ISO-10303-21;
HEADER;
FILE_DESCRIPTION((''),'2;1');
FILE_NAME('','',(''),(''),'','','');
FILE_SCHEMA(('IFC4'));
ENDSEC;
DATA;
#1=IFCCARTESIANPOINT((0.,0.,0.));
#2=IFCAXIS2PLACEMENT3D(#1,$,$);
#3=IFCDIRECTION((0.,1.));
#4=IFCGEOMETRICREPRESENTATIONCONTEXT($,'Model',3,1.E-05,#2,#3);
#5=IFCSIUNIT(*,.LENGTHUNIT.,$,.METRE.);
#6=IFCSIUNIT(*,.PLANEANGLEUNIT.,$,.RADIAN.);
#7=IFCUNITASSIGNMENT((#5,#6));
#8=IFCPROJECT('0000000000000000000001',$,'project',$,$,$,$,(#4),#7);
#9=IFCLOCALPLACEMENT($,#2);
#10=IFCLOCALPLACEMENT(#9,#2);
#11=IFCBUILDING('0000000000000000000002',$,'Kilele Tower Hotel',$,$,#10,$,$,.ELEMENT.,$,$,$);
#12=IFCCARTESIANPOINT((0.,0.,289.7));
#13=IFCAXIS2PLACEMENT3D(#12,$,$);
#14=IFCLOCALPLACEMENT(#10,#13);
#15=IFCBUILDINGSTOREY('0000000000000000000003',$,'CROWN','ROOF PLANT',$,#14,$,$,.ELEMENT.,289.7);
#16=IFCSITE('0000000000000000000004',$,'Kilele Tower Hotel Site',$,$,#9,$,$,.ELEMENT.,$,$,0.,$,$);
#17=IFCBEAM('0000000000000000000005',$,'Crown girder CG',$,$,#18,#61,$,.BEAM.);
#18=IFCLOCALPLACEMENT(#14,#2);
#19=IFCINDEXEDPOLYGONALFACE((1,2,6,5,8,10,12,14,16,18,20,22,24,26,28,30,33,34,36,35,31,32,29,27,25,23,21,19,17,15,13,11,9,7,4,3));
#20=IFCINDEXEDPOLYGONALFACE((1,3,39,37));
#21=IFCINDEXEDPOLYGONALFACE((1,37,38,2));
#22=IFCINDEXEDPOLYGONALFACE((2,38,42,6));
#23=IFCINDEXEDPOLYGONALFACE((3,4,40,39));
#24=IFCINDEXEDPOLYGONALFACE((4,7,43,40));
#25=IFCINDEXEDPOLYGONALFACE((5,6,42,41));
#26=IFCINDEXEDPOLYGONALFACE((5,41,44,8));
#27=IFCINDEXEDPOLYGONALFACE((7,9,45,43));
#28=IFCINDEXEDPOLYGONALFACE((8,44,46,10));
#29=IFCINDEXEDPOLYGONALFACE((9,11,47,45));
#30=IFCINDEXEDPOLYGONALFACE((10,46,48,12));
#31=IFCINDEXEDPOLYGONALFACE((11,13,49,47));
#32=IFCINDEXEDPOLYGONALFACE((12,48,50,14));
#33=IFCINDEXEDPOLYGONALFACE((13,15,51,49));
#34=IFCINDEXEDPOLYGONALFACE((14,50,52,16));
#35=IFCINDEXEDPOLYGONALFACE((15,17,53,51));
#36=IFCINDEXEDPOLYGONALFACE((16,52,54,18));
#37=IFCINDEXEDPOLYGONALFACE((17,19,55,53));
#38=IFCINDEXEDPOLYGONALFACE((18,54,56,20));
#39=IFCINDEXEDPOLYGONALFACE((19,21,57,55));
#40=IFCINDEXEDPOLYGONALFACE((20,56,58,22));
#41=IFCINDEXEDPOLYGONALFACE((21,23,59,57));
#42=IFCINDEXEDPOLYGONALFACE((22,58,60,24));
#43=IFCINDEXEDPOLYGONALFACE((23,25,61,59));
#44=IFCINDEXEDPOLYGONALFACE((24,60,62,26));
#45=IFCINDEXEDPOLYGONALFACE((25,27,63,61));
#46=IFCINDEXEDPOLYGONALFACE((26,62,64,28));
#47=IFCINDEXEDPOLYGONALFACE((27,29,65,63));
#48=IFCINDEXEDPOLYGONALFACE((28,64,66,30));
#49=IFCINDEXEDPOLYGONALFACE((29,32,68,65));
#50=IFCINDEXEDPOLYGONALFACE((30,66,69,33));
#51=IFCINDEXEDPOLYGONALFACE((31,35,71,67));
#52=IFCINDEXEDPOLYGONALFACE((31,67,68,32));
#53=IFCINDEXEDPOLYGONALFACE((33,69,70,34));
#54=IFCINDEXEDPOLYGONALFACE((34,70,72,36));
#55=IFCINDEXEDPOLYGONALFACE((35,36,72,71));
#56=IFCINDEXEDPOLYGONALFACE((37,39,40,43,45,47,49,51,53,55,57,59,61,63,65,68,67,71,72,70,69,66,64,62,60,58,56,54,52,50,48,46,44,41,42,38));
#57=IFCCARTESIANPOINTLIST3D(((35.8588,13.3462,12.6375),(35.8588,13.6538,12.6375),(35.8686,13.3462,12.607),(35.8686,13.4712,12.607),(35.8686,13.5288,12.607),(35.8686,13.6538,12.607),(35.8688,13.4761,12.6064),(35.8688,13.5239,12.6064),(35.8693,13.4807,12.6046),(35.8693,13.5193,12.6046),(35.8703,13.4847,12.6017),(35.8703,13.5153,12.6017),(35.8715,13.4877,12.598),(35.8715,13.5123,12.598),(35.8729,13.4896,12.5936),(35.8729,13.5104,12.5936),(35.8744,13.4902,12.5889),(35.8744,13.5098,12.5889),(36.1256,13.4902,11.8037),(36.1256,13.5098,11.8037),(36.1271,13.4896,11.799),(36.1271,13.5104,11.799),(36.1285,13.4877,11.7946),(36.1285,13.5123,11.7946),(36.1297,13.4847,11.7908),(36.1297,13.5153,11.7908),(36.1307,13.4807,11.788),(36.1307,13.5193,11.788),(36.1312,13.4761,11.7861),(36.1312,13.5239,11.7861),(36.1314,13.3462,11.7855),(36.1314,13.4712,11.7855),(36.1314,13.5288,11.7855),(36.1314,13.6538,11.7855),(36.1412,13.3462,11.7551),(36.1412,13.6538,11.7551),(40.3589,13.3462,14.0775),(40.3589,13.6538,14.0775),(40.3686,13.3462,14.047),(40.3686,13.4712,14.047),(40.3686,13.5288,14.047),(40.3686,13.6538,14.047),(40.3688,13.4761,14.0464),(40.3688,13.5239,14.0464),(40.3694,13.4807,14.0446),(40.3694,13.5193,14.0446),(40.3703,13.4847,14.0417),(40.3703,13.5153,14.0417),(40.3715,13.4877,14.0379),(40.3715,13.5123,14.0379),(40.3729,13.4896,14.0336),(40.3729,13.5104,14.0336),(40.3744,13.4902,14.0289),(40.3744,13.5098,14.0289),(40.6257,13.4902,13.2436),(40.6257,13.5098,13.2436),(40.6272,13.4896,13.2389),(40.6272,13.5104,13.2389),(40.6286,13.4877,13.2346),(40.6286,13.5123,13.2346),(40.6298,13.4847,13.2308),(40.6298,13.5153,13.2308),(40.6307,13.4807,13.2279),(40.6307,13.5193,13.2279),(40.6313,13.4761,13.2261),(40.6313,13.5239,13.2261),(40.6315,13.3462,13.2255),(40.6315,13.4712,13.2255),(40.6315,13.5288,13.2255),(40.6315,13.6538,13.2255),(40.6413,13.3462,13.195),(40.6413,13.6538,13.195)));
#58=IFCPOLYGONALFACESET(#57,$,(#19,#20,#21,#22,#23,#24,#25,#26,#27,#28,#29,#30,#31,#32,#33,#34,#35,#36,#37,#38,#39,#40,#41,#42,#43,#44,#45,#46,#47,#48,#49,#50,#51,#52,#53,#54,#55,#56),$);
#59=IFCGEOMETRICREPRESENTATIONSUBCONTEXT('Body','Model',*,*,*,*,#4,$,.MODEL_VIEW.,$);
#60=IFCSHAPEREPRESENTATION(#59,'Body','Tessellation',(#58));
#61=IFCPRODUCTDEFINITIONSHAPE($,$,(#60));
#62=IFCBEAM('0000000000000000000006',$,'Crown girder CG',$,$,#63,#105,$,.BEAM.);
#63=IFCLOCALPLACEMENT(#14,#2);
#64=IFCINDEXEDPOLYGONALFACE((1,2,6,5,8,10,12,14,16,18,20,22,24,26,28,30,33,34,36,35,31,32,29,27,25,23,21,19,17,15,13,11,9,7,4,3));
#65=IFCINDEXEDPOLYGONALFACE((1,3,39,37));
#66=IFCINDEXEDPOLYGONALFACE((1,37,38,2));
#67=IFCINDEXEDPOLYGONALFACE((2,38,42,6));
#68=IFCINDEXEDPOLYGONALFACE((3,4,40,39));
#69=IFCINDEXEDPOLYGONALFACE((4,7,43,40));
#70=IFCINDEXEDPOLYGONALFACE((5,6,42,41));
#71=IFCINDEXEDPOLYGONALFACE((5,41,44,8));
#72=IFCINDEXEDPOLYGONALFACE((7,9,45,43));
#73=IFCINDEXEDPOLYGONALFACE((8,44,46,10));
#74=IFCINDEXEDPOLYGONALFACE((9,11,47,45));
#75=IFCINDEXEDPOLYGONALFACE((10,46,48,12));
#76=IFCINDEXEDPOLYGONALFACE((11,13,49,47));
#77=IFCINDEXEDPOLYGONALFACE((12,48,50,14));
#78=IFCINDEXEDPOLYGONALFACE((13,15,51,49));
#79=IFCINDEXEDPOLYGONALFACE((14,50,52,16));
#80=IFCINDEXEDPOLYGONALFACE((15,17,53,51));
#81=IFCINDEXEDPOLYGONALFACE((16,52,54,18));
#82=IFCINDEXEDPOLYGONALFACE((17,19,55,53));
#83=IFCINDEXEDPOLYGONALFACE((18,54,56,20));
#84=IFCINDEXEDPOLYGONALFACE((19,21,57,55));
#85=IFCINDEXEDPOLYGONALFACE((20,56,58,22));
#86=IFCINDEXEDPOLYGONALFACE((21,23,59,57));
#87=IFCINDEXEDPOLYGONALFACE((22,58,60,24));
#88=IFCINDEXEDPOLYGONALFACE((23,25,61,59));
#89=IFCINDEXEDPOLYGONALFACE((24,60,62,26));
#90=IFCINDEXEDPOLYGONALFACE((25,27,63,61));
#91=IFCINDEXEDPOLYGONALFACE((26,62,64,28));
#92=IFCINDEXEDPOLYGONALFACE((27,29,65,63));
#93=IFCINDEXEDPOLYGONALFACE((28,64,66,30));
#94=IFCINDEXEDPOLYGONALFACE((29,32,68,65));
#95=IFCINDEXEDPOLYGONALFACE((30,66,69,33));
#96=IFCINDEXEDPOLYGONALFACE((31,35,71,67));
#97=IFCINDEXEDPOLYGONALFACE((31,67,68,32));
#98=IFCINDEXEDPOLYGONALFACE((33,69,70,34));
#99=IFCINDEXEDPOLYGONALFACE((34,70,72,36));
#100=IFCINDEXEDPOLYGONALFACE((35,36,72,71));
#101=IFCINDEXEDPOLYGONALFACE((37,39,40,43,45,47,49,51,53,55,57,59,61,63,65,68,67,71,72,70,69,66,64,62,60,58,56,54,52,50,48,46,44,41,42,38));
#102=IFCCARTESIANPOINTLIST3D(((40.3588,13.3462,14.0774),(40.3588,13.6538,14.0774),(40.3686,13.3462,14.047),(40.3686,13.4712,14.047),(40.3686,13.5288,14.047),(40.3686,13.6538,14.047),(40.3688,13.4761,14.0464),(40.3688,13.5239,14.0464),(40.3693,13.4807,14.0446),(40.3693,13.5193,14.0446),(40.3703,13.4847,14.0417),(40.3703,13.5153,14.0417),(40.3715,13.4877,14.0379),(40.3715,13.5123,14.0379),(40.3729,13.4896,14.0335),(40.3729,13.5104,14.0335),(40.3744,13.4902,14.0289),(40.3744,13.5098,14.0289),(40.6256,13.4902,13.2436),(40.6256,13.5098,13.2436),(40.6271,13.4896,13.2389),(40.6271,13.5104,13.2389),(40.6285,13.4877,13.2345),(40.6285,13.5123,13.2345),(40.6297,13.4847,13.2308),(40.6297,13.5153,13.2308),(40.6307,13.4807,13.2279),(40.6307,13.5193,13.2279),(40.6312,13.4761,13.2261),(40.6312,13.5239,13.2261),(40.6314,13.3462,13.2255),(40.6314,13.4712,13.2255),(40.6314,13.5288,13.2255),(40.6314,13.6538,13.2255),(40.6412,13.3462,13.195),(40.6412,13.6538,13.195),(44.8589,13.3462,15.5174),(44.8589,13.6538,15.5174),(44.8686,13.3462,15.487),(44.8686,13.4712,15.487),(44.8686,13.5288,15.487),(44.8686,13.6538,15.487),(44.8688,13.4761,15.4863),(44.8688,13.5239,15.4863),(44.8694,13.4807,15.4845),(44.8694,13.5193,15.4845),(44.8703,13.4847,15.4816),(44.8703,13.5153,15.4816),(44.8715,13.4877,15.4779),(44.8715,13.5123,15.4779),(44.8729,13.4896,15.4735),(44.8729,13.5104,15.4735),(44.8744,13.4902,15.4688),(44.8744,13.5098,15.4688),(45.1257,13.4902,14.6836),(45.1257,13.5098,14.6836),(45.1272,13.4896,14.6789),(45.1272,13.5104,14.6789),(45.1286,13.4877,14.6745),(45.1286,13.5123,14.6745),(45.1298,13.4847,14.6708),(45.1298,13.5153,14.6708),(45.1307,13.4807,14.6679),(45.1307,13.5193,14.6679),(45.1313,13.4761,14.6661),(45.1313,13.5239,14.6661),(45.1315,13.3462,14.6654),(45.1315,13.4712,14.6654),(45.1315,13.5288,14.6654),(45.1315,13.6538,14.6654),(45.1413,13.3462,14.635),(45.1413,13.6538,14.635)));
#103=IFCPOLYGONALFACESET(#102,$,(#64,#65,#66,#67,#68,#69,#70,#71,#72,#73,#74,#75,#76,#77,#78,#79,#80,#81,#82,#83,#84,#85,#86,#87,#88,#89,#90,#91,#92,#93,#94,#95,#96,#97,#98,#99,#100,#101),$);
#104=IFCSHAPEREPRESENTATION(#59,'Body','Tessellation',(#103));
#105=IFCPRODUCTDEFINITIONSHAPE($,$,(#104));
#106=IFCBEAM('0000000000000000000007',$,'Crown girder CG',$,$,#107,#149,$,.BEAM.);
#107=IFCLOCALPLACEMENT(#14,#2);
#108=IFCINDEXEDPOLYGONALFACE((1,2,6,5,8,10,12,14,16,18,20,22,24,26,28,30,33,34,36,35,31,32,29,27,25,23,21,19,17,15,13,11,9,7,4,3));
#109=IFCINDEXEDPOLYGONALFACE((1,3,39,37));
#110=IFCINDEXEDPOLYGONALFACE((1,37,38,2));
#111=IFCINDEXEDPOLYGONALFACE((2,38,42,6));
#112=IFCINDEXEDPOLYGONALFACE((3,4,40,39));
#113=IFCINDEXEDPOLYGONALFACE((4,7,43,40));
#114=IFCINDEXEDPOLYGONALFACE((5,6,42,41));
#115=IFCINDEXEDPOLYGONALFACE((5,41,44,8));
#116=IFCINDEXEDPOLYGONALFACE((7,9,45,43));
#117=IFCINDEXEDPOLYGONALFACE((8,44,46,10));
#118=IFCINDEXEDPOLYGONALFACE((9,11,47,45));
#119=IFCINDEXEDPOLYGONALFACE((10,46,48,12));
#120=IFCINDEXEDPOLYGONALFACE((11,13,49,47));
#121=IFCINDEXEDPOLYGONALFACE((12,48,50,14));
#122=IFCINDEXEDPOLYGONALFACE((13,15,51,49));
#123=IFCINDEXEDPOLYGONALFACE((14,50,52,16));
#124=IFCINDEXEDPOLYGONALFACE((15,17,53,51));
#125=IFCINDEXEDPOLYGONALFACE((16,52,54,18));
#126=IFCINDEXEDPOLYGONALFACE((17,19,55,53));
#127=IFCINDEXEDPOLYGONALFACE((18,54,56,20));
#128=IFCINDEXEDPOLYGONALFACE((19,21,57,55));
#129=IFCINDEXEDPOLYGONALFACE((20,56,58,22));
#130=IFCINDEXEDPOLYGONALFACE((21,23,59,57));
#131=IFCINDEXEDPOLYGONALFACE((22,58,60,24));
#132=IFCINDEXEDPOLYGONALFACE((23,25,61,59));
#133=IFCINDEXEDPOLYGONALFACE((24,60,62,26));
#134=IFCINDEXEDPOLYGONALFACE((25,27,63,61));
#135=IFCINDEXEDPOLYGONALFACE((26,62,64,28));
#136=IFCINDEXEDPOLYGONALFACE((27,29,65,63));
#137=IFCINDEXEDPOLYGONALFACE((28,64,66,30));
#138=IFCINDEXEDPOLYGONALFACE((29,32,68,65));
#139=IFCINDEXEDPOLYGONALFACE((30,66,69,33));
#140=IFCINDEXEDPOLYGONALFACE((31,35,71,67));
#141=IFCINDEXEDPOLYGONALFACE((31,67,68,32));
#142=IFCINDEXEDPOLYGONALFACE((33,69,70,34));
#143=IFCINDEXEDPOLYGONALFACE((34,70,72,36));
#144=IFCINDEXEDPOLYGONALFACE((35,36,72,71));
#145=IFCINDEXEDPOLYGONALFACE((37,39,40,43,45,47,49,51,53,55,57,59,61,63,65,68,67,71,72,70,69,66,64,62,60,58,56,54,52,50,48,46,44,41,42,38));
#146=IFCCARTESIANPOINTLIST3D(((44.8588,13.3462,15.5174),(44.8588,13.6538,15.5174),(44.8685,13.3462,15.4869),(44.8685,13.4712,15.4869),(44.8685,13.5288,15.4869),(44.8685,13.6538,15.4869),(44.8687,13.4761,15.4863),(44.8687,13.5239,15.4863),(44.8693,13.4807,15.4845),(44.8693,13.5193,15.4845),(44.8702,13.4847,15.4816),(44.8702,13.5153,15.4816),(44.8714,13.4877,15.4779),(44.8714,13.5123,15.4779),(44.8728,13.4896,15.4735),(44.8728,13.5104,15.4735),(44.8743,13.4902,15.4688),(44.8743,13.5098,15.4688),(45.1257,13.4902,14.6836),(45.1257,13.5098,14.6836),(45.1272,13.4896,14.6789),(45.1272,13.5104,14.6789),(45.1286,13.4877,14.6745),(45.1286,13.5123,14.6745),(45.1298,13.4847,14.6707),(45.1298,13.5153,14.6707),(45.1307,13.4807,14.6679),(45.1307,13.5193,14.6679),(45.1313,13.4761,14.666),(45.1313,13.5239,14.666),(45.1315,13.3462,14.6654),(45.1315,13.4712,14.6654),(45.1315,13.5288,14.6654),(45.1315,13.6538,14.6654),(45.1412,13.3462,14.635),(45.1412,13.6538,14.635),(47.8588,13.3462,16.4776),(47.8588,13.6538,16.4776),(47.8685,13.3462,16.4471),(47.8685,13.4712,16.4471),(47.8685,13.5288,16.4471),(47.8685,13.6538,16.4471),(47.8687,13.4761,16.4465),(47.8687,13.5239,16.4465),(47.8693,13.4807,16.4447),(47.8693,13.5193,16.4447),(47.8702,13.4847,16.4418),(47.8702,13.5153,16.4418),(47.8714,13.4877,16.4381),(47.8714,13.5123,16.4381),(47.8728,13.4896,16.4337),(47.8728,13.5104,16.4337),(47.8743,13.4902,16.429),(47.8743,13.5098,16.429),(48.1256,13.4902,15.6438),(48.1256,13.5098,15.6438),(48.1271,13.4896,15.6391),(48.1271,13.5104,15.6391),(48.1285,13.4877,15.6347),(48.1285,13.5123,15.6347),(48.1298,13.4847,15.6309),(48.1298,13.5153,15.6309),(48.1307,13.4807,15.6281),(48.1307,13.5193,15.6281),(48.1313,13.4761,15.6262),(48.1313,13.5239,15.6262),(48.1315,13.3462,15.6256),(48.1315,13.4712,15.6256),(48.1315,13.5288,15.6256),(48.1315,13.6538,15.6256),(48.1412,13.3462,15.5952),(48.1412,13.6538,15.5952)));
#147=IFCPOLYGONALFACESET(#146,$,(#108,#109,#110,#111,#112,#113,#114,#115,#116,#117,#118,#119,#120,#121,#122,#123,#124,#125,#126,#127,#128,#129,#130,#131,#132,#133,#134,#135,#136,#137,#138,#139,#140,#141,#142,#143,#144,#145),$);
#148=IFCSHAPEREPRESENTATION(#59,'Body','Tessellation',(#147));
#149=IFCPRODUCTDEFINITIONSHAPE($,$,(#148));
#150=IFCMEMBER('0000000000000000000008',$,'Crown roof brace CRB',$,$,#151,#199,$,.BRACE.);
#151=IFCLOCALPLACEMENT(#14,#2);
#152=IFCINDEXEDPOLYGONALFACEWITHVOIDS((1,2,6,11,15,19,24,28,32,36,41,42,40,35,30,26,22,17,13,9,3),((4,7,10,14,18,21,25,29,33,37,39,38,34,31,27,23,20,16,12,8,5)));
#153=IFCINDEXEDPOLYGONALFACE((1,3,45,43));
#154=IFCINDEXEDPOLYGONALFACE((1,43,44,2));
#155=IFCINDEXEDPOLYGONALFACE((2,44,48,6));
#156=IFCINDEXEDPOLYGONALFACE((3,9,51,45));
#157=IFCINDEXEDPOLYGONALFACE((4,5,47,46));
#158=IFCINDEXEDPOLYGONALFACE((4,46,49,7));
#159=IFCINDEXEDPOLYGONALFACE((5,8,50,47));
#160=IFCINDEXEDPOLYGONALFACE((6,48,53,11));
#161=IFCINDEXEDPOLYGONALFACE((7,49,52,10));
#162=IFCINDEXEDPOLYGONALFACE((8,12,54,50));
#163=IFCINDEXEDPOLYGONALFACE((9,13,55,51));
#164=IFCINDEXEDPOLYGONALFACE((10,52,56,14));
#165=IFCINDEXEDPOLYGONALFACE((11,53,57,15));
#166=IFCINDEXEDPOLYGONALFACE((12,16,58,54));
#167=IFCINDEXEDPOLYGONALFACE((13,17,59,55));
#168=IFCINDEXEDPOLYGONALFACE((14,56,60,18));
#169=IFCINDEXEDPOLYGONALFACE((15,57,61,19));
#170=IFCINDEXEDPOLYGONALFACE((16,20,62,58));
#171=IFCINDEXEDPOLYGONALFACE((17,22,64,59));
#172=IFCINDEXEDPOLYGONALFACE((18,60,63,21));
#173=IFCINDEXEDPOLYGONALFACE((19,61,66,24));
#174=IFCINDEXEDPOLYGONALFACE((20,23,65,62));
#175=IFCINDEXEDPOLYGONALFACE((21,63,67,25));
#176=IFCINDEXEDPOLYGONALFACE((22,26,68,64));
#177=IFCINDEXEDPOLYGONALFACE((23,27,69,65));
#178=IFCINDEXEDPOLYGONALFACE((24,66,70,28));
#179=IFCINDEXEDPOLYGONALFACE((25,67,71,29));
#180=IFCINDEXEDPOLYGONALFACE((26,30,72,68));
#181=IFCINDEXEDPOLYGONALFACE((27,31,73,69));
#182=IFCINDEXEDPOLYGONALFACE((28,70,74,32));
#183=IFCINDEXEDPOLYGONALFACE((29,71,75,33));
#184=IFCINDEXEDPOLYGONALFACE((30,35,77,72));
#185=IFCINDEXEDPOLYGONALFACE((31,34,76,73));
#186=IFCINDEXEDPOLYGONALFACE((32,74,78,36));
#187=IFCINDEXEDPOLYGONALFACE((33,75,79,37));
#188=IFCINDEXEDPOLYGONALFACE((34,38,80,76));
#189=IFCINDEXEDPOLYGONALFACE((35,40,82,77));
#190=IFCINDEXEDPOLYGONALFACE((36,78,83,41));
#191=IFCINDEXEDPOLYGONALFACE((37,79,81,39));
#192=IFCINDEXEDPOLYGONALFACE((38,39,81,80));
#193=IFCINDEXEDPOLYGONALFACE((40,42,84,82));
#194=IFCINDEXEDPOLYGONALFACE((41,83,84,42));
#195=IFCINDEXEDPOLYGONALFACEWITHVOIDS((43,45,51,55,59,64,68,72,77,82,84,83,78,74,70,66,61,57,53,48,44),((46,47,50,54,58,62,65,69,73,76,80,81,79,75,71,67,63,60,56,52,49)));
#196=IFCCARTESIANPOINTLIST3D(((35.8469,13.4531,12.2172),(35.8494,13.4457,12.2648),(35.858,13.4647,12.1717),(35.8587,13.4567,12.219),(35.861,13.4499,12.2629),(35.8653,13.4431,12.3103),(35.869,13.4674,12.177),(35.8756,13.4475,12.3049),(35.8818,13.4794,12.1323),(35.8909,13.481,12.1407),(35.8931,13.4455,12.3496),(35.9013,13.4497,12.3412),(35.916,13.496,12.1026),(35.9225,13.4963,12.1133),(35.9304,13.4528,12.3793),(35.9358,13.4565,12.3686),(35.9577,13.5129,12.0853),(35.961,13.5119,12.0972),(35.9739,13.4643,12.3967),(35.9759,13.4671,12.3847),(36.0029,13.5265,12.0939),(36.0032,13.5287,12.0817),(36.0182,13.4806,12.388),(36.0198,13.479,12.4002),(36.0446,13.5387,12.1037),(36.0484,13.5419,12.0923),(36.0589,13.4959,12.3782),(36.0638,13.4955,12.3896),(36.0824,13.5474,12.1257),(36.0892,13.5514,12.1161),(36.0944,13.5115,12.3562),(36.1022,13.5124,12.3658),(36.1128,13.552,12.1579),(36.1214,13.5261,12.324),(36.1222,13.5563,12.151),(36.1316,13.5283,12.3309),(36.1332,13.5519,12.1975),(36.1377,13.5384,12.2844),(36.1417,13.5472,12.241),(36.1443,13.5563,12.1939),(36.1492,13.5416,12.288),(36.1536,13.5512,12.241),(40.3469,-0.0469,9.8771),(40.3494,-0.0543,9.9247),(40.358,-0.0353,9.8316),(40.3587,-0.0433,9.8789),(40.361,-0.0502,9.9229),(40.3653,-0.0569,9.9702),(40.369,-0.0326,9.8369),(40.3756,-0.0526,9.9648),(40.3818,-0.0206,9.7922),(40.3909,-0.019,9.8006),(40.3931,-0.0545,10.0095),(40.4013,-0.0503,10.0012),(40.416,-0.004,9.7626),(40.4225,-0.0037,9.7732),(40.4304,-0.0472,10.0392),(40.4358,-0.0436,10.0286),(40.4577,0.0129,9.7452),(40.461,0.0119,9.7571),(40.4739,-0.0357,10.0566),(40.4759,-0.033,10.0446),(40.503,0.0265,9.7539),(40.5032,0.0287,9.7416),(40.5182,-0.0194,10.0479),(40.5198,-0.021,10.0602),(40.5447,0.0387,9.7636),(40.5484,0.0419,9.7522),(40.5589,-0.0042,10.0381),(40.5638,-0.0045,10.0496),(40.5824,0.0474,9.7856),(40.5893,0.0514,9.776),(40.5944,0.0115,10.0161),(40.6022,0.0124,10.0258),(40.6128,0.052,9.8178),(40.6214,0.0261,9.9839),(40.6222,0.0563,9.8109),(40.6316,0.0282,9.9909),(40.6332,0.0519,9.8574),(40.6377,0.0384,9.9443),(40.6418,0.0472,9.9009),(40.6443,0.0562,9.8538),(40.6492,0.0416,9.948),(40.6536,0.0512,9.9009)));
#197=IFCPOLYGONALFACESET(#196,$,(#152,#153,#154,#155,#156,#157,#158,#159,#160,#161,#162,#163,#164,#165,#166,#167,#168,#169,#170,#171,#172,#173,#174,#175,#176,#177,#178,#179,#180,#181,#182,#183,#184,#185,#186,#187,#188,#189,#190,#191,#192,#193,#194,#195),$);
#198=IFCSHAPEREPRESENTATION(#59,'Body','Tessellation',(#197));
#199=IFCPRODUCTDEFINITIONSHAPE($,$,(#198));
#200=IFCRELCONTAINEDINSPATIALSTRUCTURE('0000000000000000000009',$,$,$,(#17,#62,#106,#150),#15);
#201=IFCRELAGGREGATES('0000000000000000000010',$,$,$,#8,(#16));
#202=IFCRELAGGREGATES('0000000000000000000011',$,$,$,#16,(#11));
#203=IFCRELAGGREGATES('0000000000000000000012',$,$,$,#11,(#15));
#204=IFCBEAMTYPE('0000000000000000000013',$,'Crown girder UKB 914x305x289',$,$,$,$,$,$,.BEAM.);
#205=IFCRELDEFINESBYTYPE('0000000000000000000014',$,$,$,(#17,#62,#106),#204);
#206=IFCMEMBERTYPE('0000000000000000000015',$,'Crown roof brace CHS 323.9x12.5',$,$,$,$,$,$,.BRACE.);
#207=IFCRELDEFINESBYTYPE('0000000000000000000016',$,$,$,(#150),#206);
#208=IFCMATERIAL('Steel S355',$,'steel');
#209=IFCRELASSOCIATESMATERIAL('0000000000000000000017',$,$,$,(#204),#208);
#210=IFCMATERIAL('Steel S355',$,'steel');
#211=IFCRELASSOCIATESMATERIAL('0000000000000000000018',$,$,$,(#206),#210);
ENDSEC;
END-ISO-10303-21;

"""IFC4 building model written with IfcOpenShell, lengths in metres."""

from ifc_helpers import new_model, si_unit, direction, frame, origin, origin_2d, place, context, subcontext, project, spatial, hollow_circle, i_section, extrude, material, material_profile, profile_set, type_object, element, save


model = new_model("IFC4")

# Units and contexts
model_context = context("Model", 3, precision=1e-05, world=origin(), true_north=direction((0.0, 1.0)))
body_context = subcontext(model_context, "Body", "Model", "MODEL_VIEW")
ifc_project = project(units=[si_unit("LENGTHUNIT", "METRE"), si_unit("PLANEANGLEUNIT", "RADIAN")], contexts=[model_context])

# Site, building, storey
site_placement = place(None, origin())
site = spatial("IfcSite", under=ifc_project, at=site_placement, Name="Kilele Tower Hotel Site", CompositionType="ELEMENT", RefElevation=0.0)
building_placement = place(site_placement, origin())
building = spatial("IfcBuilding", under=site, at=building_placement, Name="Kilele Tower Hotel", CompositionType="ELEMENT")
storey_placement = place(building_placement, frame((0.0, 0.0, 289.7)))
storey = spatial("IfcBuildingStorey", under=building, at=storey_placement, Name="CROWN", Description="ROOF PLANT", CompositionType="ELEMENT", Elevation=289.7)

# Beams
ifc_material_1 = material(Name="Steel S355", Category="steel")
ifc_material_profile_1 = material_profile(ifc_material_1, i_section(OverallWidth=0.3076, OverallDepth=0.9265, WebThickness=0.0195, FlangeThickness=0.032, FilletRadius=0.019, at=origin_2d()))
ifc_profile_set_1 = profile_set([ifc_material_profile_1], Name="Steel S355")
beam_type_1 = type_object("IfcBeamType", Name="Crown girder UKB 914x305x289", PredefinedType="BEAM", material=ifc_profile_set_1)
for number, where, z_axis, x_axis, name in (
    (1, (36.0, 13.5, 12.1963), (0.952428, 0.0, 0.304764), (0.0, 1.0, 0.0), "Crown girder CG"),
    (2, (40.5, 13.5, 13.6362), (0.952428, 0.0, 0.304764), (0.0, 1.0, 0.0), "Crown girder CG"),
):
    element("IfcBeam", number, at=place(storey_placement, frame(where, z_axis=z_axis, x_axis=x_axis)), inside=storey, type_object=beam_type_1, Name=name, PredefinedType="BEAM", context=body_context, shape_type="SweptSolid", body=[
        extrude(i_section(OverallWidth=0.3076, OverallDepth=0.9265, WebThickness=0.0195, FlangeThickness=0.032, FilletRadius=0.019, at=origin_2d()), origin(), (0.0, 0.0, 1.0), 4.7249),
    ])
beam_1_placement = place(storey_placement, frame((45.0, 13.5, 15.0762), z_axis=(0.952405, 0.0, 0.304835), x_axis=(0.0, 1.0, 0.0)))
element("IfcBeam", 3, at=beam_1_placement, inside=storey, type_object=beam_type_1, Name="Crown girder CG", PredefinedType="BEAM", context=body_context, shape_type="SweptSolid", body=[
    extrude(i_section(OverallWidth=0.3076, OverallDepth=0.9265, WebThickness=0.0195, FlangeThickness=0.032, FilletRadius=0.019, at=origin_2d()), origin(), (0.0, 0.0, 1.0), 3.1499),
])

# Member
ifc_material_2 = material(Name="Steel S355", Category="steel")
ifc_material_profile_2 = material_profile(ifc_material_2, hollow_circle(Radius=0.1619, WallThickness=0.0125, at=origin_2d()))
ifc_profile_set_2 = profile_set([ifc_material_profile_2], Name="Steel S355")
member_type = type_object("IfcMemberType", Name="Crown roof brace CHS 323.9x12.5", PredefinedType="BRACE", material=ifc_profile_set_2)
member_1_placement = place(storey_placement, frame((36.0, 13.5, 12.241), z_axis=(0.312037, -0.936111, -0.162265), x_axis=(0.948683, 0.316228, 0.0)))
element("IfcMember", 4, at=member_1_placement, inside=storey, type_object=member_type, Name="Crown roof brace CRB", PredefinedType="BRACE", context=body_context, shape_type="SweptSolid", body=[
    extrude(hollow_circle(Radius=0.1619, WallThickness=0.0125, at=origin_2d()), origin(), (0.0, 0.0, 1.0), 14.4214),
])

save(model, "model.ifc")
